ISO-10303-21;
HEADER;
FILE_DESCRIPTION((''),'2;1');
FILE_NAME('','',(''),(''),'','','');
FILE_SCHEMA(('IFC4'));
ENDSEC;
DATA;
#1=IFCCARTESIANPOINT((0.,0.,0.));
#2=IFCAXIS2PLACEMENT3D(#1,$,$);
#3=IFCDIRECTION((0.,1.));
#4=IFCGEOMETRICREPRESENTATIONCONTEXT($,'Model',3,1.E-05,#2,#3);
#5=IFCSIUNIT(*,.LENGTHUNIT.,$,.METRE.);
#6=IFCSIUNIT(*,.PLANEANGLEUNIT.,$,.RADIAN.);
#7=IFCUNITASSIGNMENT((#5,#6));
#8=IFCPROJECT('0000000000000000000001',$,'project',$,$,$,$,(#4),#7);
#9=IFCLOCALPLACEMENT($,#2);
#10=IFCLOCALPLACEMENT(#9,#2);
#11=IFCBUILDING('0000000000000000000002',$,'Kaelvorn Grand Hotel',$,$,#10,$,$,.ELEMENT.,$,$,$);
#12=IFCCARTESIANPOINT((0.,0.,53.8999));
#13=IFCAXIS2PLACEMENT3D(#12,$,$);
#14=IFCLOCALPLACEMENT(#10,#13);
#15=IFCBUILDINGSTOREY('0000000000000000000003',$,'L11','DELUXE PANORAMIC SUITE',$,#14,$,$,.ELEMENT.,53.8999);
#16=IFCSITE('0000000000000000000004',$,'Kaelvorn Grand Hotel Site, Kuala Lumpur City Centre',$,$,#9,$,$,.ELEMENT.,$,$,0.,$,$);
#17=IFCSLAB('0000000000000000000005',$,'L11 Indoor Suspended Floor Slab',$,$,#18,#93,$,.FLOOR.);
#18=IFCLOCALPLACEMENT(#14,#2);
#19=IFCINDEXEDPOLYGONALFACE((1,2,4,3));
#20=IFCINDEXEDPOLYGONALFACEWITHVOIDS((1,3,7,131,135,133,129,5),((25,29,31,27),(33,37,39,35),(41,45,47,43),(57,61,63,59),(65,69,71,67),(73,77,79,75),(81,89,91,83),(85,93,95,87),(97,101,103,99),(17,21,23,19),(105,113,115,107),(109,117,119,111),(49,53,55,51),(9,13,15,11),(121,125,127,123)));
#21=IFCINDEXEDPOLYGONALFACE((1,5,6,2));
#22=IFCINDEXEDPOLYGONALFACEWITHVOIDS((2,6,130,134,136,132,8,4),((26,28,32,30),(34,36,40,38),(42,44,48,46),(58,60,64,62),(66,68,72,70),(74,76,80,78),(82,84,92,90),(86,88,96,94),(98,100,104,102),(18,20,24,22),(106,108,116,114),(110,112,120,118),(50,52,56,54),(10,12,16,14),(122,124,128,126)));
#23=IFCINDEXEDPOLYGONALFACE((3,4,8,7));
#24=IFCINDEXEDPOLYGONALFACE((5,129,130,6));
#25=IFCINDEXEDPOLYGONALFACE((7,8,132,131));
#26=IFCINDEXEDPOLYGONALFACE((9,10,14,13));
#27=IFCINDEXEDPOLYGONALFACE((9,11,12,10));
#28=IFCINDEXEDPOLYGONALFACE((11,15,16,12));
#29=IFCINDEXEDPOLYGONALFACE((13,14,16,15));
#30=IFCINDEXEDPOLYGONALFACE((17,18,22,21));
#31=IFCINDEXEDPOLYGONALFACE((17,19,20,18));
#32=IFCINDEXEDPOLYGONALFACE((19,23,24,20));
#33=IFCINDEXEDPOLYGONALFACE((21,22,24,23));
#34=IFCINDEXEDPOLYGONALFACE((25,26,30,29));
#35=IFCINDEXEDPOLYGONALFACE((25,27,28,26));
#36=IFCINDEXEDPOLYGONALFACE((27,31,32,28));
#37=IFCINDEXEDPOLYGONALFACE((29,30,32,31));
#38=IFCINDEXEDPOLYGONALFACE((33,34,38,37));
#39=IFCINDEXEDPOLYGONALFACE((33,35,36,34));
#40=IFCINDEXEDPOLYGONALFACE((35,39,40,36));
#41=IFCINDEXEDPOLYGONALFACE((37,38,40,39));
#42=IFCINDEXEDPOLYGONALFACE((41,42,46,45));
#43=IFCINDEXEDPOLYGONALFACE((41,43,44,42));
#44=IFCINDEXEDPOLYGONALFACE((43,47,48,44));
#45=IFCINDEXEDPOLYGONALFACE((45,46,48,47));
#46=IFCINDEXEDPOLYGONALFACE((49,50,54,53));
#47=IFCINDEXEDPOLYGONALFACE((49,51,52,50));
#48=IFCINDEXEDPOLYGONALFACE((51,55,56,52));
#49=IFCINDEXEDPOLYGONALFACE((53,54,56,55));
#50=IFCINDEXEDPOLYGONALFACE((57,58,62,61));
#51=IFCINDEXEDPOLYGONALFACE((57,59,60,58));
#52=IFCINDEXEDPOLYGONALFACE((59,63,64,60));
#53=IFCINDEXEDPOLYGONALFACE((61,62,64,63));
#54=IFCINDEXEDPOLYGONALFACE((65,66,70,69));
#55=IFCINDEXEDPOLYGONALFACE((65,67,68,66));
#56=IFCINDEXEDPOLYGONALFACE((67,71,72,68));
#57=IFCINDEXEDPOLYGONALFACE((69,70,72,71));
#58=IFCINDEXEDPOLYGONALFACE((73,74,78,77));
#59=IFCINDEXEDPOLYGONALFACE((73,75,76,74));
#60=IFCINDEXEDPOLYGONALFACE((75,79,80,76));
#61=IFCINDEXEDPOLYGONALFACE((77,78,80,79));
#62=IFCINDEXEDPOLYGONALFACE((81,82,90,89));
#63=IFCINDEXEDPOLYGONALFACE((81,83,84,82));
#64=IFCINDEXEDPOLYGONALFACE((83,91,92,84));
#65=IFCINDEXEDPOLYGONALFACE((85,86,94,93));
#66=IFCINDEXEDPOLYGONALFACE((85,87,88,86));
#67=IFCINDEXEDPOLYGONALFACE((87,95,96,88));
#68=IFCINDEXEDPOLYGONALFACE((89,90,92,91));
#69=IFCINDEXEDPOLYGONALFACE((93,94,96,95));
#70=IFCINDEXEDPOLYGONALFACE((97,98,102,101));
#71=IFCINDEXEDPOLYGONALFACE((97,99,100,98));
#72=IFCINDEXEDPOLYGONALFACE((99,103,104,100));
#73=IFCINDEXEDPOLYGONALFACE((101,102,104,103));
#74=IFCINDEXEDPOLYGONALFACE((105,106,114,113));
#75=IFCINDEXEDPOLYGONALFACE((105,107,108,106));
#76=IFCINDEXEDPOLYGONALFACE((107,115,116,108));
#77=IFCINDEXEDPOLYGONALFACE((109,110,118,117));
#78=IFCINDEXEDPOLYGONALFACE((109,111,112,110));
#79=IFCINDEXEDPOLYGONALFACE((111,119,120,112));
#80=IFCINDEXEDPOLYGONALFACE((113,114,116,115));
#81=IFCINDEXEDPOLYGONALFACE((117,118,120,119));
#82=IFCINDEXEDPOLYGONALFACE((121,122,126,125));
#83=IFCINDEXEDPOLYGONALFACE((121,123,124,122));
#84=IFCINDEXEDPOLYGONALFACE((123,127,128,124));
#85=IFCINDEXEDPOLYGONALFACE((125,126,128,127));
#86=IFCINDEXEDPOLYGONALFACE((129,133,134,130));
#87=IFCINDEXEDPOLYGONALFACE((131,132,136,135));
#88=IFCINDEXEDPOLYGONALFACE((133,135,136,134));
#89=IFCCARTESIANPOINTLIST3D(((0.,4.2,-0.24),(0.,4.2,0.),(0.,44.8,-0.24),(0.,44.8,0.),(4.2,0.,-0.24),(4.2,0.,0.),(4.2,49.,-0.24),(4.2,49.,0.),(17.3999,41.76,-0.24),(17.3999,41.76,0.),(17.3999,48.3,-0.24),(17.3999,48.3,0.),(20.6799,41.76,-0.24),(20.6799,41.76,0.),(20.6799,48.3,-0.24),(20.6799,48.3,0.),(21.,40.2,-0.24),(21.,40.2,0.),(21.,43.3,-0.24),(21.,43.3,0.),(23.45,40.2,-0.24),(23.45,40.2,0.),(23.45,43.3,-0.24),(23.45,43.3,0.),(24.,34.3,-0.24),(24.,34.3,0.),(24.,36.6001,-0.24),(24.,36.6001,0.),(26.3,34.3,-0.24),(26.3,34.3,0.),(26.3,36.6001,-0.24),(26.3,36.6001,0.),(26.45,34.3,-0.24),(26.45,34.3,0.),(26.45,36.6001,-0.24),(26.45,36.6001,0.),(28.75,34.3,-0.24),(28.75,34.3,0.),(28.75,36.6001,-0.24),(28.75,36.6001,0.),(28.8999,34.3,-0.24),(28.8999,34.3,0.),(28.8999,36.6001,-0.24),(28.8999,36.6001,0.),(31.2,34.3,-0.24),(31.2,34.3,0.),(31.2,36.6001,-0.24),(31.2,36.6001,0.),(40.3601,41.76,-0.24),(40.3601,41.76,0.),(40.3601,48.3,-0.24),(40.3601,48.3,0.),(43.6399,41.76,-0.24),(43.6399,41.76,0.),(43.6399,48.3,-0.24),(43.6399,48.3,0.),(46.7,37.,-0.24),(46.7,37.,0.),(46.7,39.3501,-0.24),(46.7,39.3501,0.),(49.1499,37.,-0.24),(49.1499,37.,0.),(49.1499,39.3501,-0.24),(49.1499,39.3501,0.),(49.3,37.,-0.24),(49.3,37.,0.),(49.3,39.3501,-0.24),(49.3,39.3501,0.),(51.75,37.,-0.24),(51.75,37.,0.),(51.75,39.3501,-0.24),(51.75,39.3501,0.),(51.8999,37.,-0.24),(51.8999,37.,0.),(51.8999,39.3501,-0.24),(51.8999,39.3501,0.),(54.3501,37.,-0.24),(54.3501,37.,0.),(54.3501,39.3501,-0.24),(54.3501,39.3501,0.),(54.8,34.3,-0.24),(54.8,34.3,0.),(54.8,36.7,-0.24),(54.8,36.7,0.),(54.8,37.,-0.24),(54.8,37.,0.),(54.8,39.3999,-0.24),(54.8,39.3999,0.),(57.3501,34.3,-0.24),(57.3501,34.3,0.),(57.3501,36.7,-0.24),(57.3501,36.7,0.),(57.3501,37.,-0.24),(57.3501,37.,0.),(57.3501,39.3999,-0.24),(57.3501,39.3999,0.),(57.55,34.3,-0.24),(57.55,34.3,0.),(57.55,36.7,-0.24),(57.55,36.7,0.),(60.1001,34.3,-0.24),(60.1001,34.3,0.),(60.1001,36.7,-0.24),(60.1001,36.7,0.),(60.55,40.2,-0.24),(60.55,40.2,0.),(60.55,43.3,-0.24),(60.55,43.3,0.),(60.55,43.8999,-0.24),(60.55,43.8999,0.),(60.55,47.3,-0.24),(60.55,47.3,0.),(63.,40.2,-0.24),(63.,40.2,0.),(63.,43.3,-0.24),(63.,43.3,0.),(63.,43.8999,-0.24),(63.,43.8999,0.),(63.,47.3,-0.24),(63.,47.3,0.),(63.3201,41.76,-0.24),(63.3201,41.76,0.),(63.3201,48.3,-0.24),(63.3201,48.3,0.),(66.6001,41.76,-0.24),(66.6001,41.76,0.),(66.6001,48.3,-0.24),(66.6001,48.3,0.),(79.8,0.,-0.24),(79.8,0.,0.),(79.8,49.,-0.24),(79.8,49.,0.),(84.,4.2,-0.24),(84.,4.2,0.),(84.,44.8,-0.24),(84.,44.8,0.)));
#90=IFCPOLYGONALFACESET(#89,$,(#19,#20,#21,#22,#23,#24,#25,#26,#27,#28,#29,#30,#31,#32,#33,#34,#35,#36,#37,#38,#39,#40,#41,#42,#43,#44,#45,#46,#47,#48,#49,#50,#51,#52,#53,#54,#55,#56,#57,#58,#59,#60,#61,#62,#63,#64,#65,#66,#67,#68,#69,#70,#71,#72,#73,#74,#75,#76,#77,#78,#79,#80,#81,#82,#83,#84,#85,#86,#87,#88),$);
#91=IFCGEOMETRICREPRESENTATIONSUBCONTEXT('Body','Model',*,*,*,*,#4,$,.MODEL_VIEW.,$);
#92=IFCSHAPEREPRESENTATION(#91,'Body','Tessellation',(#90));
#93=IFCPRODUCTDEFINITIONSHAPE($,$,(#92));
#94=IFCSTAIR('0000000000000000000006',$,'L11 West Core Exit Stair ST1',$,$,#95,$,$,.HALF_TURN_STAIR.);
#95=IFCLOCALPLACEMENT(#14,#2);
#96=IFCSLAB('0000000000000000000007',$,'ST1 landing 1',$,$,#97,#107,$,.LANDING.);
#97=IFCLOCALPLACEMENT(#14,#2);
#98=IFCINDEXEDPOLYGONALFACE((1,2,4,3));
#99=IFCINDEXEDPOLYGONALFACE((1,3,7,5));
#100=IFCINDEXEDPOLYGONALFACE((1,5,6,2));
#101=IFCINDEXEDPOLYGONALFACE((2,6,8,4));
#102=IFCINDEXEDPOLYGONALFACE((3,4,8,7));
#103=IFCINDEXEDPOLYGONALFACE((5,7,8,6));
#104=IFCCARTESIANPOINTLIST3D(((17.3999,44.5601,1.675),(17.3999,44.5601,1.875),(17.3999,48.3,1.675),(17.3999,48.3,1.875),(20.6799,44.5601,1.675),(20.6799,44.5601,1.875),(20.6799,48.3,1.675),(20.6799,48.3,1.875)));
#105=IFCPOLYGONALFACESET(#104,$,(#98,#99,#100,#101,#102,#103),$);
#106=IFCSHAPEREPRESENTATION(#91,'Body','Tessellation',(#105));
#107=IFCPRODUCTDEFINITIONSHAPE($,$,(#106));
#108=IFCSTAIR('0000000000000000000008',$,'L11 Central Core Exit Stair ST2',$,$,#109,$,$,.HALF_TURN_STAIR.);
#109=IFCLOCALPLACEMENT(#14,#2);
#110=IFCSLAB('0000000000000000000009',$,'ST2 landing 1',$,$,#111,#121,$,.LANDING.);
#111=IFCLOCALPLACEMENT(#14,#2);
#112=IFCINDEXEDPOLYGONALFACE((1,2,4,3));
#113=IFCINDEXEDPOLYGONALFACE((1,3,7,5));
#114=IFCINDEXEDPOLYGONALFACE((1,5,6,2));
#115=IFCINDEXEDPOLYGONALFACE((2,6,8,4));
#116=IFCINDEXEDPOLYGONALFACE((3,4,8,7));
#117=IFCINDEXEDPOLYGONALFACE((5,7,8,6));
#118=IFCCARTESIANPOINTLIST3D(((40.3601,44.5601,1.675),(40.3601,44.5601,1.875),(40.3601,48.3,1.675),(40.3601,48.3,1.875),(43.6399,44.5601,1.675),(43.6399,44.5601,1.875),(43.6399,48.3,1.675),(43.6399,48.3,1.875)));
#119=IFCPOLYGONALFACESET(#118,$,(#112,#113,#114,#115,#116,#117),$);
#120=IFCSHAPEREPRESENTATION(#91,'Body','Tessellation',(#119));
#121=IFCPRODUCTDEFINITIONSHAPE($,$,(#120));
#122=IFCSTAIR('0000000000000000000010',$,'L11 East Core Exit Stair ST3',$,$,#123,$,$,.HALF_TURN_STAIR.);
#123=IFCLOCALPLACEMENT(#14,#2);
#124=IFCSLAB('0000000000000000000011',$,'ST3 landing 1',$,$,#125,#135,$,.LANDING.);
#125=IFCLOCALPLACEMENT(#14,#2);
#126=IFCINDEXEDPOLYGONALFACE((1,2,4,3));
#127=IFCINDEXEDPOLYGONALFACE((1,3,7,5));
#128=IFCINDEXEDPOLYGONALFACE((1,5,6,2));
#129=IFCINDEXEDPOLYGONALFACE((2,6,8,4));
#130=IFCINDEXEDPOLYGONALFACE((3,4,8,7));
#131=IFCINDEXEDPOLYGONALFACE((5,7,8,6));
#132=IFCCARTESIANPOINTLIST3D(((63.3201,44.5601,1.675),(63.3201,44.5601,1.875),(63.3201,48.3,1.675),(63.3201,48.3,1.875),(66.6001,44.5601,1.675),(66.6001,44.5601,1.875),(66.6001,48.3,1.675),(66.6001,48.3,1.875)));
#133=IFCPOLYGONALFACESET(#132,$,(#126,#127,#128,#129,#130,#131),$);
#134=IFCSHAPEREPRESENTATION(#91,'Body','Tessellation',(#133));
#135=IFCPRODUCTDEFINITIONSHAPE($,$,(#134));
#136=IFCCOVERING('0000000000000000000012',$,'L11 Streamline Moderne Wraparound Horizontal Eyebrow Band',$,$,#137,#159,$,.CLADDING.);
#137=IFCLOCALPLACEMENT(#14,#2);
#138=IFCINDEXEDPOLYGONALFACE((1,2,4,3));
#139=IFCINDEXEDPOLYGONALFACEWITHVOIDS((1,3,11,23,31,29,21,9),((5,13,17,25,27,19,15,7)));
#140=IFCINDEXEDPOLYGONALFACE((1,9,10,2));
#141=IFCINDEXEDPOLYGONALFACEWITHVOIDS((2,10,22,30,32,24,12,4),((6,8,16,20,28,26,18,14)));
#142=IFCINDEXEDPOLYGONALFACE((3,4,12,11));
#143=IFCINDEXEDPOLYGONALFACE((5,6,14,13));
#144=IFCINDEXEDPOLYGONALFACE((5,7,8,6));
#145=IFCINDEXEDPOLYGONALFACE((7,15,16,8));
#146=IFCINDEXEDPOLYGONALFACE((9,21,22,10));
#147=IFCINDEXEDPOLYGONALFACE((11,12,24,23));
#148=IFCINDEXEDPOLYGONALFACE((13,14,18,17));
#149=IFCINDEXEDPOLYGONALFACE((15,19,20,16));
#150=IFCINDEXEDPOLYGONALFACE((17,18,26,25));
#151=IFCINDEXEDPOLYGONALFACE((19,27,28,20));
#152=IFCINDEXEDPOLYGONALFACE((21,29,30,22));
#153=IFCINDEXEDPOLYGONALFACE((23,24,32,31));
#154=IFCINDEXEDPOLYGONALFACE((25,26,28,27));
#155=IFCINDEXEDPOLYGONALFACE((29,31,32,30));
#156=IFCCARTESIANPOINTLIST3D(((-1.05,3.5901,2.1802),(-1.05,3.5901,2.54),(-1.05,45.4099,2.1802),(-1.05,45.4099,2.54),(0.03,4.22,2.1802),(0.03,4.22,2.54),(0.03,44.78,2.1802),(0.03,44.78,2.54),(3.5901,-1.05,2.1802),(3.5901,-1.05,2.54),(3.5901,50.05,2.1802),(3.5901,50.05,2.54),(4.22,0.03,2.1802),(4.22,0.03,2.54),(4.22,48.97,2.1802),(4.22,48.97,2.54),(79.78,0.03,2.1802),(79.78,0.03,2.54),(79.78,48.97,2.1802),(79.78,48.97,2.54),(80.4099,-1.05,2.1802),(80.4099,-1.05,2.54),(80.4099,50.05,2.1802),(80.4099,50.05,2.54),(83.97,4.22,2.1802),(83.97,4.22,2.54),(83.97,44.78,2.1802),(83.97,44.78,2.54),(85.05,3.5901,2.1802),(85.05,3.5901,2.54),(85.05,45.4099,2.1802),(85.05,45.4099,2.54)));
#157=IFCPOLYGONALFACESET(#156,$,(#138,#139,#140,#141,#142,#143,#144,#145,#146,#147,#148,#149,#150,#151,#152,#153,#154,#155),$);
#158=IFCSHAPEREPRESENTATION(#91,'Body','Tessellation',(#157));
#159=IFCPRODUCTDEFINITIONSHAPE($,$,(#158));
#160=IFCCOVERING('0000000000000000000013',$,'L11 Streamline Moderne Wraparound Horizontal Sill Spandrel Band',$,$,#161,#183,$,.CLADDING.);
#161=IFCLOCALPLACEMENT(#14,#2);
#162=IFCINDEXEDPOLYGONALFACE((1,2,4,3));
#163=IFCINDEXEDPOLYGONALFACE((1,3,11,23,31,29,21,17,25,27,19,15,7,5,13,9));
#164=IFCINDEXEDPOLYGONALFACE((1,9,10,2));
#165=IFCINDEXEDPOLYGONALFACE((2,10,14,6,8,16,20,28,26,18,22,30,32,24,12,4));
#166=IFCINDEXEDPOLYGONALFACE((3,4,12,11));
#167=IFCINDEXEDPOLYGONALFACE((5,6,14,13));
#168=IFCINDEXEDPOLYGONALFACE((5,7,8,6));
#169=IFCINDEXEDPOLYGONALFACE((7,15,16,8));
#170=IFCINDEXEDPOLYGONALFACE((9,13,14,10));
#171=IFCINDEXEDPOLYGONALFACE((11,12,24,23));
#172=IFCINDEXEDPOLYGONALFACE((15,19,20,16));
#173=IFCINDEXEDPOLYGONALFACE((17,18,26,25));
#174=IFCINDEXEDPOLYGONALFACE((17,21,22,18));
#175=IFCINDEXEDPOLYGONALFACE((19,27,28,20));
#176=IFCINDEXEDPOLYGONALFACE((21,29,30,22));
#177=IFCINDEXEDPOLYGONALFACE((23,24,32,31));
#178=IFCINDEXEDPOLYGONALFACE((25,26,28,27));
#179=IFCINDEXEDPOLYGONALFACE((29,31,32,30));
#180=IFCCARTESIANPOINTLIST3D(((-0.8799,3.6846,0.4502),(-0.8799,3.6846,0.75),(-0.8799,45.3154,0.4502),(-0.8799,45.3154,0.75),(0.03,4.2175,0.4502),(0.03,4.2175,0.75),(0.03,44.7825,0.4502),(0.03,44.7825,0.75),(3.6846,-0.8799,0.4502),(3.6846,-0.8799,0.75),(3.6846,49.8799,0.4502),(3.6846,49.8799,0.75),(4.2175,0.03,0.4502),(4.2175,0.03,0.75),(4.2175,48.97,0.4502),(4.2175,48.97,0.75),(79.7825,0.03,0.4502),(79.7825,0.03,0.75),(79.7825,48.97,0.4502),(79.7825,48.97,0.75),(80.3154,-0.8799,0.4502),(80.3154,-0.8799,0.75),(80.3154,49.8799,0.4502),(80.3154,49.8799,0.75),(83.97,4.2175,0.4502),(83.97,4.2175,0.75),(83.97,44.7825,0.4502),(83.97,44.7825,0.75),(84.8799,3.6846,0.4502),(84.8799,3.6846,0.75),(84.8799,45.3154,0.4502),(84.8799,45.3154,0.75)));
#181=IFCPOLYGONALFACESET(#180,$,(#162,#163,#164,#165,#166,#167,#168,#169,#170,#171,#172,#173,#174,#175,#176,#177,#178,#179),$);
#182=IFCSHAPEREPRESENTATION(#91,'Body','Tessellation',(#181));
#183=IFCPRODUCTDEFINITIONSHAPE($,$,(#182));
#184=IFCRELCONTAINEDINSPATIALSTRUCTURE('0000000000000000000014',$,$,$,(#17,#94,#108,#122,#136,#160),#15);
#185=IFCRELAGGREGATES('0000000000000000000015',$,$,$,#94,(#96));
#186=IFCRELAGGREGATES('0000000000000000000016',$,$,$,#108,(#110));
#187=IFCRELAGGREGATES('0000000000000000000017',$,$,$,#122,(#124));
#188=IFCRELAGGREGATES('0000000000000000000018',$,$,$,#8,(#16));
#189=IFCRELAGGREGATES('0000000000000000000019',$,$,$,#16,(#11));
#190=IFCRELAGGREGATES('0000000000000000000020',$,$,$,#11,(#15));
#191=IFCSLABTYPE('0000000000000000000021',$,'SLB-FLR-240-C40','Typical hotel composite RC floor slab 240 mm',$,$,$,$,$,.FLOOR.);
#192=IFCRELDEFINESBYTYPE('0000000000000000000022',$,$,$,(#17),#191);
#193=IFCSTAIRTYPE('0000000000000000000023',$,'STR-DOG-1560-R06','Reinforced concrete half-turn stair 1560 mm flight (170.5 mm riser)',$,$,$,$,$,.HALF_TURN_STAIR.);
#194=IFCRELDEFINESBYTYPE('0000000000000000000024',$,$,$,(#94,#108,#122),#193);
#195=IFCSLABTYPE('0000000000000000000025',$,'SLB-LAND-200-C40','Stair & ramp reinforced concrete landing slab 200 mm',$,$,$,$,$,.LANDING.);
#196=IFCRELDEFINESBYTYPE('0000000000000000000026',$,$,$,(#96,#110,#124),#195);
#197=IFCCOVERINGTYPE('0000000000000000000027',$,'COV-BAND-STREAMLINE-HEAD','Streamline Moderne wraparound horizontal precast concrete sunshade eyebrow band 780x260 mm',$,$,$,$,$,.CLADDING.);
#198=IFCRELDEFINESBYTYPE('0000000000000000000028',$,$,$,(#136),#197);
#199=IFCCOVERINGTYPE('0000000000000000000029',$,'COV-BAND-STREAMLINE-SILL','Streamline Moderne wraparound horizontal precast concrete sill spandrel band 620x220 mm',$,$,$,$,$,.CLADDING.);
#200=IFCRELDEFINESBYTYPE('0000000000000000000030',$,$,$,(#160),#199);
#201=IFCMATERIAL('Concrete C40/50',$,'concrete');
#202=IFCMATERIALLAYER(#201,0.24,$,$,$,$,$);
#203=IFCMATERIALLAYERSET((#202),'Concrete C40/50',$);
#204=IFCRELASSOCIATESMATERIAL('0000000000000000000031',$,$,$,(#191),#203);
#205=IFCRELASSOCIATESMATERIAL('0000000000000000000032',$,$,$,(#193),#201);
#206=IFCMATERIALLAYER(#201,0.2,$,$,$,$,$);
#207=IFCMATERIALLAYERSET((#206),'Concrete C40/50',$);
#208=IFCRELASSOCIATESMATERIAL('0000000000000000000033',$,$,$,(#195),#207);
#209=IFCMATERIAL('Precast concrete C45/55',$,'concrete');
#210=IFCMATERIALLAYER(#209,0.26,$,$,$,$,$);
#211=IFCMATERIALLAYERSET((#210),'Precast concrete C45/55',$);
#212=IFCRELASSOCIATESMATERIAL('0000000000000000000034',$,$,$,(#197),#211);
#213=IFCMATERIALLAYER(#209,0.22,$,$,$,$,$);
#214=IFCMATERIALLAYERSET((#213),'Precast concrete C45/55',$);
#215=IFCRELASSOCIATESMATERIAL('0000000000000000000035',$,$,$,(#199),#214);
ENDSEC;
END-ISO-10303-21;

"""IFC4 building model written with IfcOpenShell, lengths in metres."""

from ifc_helpers import new_model, si_unit, direction, frame, origin, place, context, subcontext, project, spatial, polyline, outline, extrude, material, layer, layer_set, type_object, element, aggregate, save


model = new_model("IFC4")

# Units and contexts
model_context = context("Model", 3, precision=1e-05, world=origin(), true_north=direction((0.0, 1.0)))
body_context = subcontext(model_context, "Body", "Model", "MODEL_VIEW")
ifc_project = project(units=[si_unit("LENGTHUNIT", "METRE"), si_unit("PLANEANGLEUNIT", "RADIAN")], contexts=[model_context])

# Site, building, storey
site_placement = place(None, origin())
site = spatial("IfcSite", under=ifc_project, at=site_placement, Name="Kaelvorn Grand Hotel Site, Kuala Lumpur City Centre", CompositionType="ELEMENT", RefElevation=0.0)
building_placement = place(site_placement, origin())
building = spatial("IfcBuilding", under=site, at=building_placement, Name="Kaelvorn Grand Hotel", CompositionType="ELEMENT")
storey_placement = place(building_placement, frame((0.0, 0.0, 53.8999)))
storey = spatial("IfcBuildingStorey", under=building, at=storey_placement, Name="L11", Description="DELUXE PANORAMIC SUITE", CompositionType="ELEMENT", Elevation=53.8999)

# Shared definitions
ifc_material_1 = material(Name="Precast concrete C45/55", Category="concrete")

# Slab
ifc_material_2 = material(Name="Concrete C40/50", Category="concrete")
ifc_layer_1 = layer(ifc_material_2, 0.24)
ifc_layer_set_1 = layer_set([ifc_layer_1], Name="Concrete C40/50")
slab_type_1 = type_object("IfcSlabType", Name="SLB-FLR-240-C40", Description="Typical hotel composite RC floor slab 240 mm", PredefinedType="FLOOR", material=ifc_layer_set_1)
slab_1_placement = place(storey_placement, frame((0.0, 0.0, -0.24)))
element("IfcSlab", 1, at=slab_1_placement, inside=storey, type_object=slab_type_1, Name="L11 Indoor Suspended Floor Slab", PredefinedType="FLOOR", context=body_context, shape_type="SweptSolid", body=[
    extrude(outline(polyline([(4.2, 0.0), (79.8, 0.0), (84.0, 4.2), (84.0, 44.8), (79.8, 49.0), (4.2, 49.0), (0.0, 44.8), (0.0, 4.2), (4.2, 0.0)]), holes=[polyline([(17.3999, 41.76), (17.3999, 48.3), (20.6799, 48.3), (20.6799, 41.76), (17.3999, 41.76)]), polyline([(40.3601, 41.76), (40.3601, 48.3), (43.6399, 48.3), (43.6399, 41.76), (40.3601, 41.76)]), polyline([(63.3201, 41.76), (63.3201, 48.3), (66.6001, 48.3), (66.6001, 41.76), (63.3201, 41.76)]), polyline([(24.0, 34.3), (24.0, 36.6001), (26.3, 36.6001), (26.3, 34.3), (24.0, 34.3)]), polyline([(26.45, 34.3), (26.45, 36.6001), (28.75, 36.6001), (28.75, 34.3), (26.45, 34.3)]), polyline([(28.8999, 34.3), (28.8999, 36.6001), (31.2, 36.6001), (31.2, 34.3), (28.8999, 34.3)]), polyline([(46.7, 37.0), (46.7, 39.3501), (49.1499, 39.3501), (49.1499, 37.0), (46.7, 37.0)]), polyline([(49.3, 37.0), (49.3, 39.3501), (51.75, 39.3501), (51.75, 37.0), (49.3, 37.0)]), polyline([(51.8999, 37.0), (51.8999, 39.3501), (54.3501, 39.3501), (54.3501, 37.0), (51.8999, 37.0)]), polyline([(54.8, 34.3), (54.8, 36.7), (57.3501, 36.7), (57.3501, 34.3), (54.8, 34.3)]), polyline([(57.55, 34.3), (57.55, 36.7), (60.1001, 36.7), (60.1001, 34.3), (57.55, 34.3)]), polyline([(54.8, 37.0), (54.8, 39.3999), (57.3501, 39.3999), (57.3501, 37.0), (54.8, 37.0)]), polyline([(21.0, 40.2), (21.0, 43.3), (23.45, 43.3), (23.45, 40.2), (21.0, 40.2)]), polyline([(60.55, 40.2), (60.55, 43.3), (63.0, 43.3), (63.0, 40.2), (60.55, 40.2)]), polyline([(60.55, 43.8999), (60.55, 47.3), (63.0, 47.3), (63.0, 43.8999), (60.55, 43.8999)])]), origin(), (0.0, 0.0, 1.0), 0.24),
])

# Stairs, slabs
stair_type = type_object("IfcStairType", Name="STR-DOG-1560-R06", Description="Reinforced concrete half-turn stair 1560 mm flight (170.5 mm riser)", PredefinedType="HALF_TURN_STAIR", material=ifc_material_2)
stair_1_placement = place(storey_placement, origin())
stair_1 = element("IfcStair", 2, at=stair_1_placement, inside=storey, type_object=stair_type, Name="L11 West Core Exit Stair ST1", PredefinedType="HALF_TURN_STAIR")
ifc_layer_2 = layer(ifc_material_2, 0.2)
ifc_layer_set_2 = layer_set([ifc_layer_2], Name="Concrete C40/50")
slab_type_2 = type_object("IfcSlabType", Name="SLB-LAND-200-C40", Description="Stair & ramp reinforced concrete landing slab 200 mm", PredefinedType="LANDING", material=ifc_layer_set_2)
slab_2_placement = place(storey_placement, frame((0.0, 0.0, 1.675)))
slab_2 = element("IfcSlab", 3, at=slab_2_placement, type_object=slab_type_2, Name="ST1 landing 1", PredefinedType="LANDING", context=body_context, shape_type="SweptSolid", body=[
    extrude(outline(polyline([(20.6799, 44.5601), (20.6799, 48.3), (17.3999, 48.3), (17.3999, 44.5601), (20.6799, 44.5601)])), origin(), (0.0, 0.0, 1.0), 0.2),
])
aggregate(stair_1, [slab_2])
stair_2_placement = place(storey_placement, origin())
stair_2 = element("IfcStair", 4, at=stair_2_placement, inside=storey, type_object=stair_type, Name="L11 Central Core Exit Stair ST2", PredefinedType="HALF_TURN_STAIR")
slab_3_placement = place(storey_placement, frame((0.0, 0.0, 1.675)))
slab_3 = element("IfcSlab", 5, at=slab_3_placement, type_object=slab_type_2, Name="ST2 landing 1", PredefinedType="LANDING", context=body_context, shape_type="SweptSolid", body=[
    extrude(outline(polyline([(43.6399, 44.5601), (43.6399, 48.3), (40.3601, 48.3), (40.3601, 44.5601), (43.6399, 44.5601)])), origin(), (0.0, 0.0, 1.0), 0.2),
])
aggregate(stair_2, [slab_3])
stair_3_placement = place(storey_placement, origin())
stair_3 = element("IfcStair", 6, at=stair_3_placement, inside=storey, type_object=stair_type, Name="L11 East Core Exit Stair ST3", PredefinedType="HALF_TURN_STAIR")
slab_4_placement = place(storey_placement, frame((0.0, 0.0, 1.675)))
slab_4 = element("IfcSlab", 7, at=slab_4_placement, type_object=slab_type_2, Name="ST3 landing 1", PredefinedType="LANDING", context=body_context, shape_type="SweptSolid", body=[
    extrude(outline(polyline([(66.6001, 44.5601), (66.6001, 48.3), (63.3201, 48.3), (63.3201, 44.5601), (66.6001, 44.5601)])), origin(), (0.0, 0.0, 1.0), 0.2),
])
aggregate(stair_3, [slab_4])

# Coverings
ifc_layer_3 = layer(ifc_material_1, 0.26)
ifc_layer_set_3 = layer_set([ifc_layer_3], Name="Precast concrete C45/55")
covering_type_1 = type_object("IfcCoveringType", Name="COV-BAND-STREAMLINE-HEAD", Description="Streamline Moderne wraparound horizontal precast concrete sunshade eyebrow band 780x260 mm", PredefinedType="CLADDING", material=ifc_layer_set_3)
covering_1_placement = place(storey_placement, frame((0.0, 0.0, 2.1802)))
element("IfcCovering", 8, at=covering_1_placement, inside=storey, type_object=covering_type_1, Name="L11 Streamline Moderne Wraparound Horizontal Eyebrow Band", PredefinedType="CLADDING", context=body_context, shape_type="SweptSolid", body=[
    extrude(outline(polyline([(3.5901, -1.05), (80.4099, -1.05), (85.05, 3.5901), (85.05, 45.4099), (80.4099, 50.05), (3.5901, 50.05), (-1.05, 45.4099), (-1.05, 3.5901), (3.5901, -1.05)]), holes=[polyline([(4.22, 0.03), (79.78, 0.03), (83.97, 4.22), (83.97, 44.78), (79.78, 48.97), (4.22, 48.97), (0.03, 44.78), (0.03, 4.22), (4.22, 0.03)])]), origin(), (0.0, 0.0, 1.0), 0.3599),
])
ifc_layer_4 = layer(ifc_material_1, 0.22)
ifc_layer_set_4 = layer_set([ifc_layer_4], Name="Precast concrete C45/55")
covering_type_2 = type_object("IfcCoveringType", Name="COV-BAND-STREAMLINE-SILL", Description="Streamline Moderne wraparound horizontal precast concrete sill spandrel band 620x220 mm", PredefinedType="CLADDING", material=ifc_layer_set_4)
covering_2_placement = place(storey_placement, frame((0.0, 0.0, 0.4502)))
element("IfcCovering", 9, at=covering_2_placement, inside=storey, type_object=covering_type_2, Name="L11 Streamline Moderne Wraparound Horizontal Sill Spandrel Band", PredefinedType="CLADDING", context=body_context, shape_type="SweptSolid", body=[
    extrude(outline(polyline([(80.3154, -0.8799), (84.8799, 3.6846), (84.8799, 45.3154), (80.3154, 49.8799), (3.6846, 49.8799), (-0.8799, 45.3154), (-0.8799, 3.6846), (3.6846, -0.8799), (4.2175, 0.03), (0.03, 4.2175), (0.03, 44.7825), (4.2175, 48.97), (79.7825, 48.97), (83.97, 44.7825), (83.97, 4.2175), (79.7825, 0.03), (80.3154, -0.8799)])), origin(), (0.0, 0.0, 1.0), 0.2998),
])

save(model, "model.ifc")
